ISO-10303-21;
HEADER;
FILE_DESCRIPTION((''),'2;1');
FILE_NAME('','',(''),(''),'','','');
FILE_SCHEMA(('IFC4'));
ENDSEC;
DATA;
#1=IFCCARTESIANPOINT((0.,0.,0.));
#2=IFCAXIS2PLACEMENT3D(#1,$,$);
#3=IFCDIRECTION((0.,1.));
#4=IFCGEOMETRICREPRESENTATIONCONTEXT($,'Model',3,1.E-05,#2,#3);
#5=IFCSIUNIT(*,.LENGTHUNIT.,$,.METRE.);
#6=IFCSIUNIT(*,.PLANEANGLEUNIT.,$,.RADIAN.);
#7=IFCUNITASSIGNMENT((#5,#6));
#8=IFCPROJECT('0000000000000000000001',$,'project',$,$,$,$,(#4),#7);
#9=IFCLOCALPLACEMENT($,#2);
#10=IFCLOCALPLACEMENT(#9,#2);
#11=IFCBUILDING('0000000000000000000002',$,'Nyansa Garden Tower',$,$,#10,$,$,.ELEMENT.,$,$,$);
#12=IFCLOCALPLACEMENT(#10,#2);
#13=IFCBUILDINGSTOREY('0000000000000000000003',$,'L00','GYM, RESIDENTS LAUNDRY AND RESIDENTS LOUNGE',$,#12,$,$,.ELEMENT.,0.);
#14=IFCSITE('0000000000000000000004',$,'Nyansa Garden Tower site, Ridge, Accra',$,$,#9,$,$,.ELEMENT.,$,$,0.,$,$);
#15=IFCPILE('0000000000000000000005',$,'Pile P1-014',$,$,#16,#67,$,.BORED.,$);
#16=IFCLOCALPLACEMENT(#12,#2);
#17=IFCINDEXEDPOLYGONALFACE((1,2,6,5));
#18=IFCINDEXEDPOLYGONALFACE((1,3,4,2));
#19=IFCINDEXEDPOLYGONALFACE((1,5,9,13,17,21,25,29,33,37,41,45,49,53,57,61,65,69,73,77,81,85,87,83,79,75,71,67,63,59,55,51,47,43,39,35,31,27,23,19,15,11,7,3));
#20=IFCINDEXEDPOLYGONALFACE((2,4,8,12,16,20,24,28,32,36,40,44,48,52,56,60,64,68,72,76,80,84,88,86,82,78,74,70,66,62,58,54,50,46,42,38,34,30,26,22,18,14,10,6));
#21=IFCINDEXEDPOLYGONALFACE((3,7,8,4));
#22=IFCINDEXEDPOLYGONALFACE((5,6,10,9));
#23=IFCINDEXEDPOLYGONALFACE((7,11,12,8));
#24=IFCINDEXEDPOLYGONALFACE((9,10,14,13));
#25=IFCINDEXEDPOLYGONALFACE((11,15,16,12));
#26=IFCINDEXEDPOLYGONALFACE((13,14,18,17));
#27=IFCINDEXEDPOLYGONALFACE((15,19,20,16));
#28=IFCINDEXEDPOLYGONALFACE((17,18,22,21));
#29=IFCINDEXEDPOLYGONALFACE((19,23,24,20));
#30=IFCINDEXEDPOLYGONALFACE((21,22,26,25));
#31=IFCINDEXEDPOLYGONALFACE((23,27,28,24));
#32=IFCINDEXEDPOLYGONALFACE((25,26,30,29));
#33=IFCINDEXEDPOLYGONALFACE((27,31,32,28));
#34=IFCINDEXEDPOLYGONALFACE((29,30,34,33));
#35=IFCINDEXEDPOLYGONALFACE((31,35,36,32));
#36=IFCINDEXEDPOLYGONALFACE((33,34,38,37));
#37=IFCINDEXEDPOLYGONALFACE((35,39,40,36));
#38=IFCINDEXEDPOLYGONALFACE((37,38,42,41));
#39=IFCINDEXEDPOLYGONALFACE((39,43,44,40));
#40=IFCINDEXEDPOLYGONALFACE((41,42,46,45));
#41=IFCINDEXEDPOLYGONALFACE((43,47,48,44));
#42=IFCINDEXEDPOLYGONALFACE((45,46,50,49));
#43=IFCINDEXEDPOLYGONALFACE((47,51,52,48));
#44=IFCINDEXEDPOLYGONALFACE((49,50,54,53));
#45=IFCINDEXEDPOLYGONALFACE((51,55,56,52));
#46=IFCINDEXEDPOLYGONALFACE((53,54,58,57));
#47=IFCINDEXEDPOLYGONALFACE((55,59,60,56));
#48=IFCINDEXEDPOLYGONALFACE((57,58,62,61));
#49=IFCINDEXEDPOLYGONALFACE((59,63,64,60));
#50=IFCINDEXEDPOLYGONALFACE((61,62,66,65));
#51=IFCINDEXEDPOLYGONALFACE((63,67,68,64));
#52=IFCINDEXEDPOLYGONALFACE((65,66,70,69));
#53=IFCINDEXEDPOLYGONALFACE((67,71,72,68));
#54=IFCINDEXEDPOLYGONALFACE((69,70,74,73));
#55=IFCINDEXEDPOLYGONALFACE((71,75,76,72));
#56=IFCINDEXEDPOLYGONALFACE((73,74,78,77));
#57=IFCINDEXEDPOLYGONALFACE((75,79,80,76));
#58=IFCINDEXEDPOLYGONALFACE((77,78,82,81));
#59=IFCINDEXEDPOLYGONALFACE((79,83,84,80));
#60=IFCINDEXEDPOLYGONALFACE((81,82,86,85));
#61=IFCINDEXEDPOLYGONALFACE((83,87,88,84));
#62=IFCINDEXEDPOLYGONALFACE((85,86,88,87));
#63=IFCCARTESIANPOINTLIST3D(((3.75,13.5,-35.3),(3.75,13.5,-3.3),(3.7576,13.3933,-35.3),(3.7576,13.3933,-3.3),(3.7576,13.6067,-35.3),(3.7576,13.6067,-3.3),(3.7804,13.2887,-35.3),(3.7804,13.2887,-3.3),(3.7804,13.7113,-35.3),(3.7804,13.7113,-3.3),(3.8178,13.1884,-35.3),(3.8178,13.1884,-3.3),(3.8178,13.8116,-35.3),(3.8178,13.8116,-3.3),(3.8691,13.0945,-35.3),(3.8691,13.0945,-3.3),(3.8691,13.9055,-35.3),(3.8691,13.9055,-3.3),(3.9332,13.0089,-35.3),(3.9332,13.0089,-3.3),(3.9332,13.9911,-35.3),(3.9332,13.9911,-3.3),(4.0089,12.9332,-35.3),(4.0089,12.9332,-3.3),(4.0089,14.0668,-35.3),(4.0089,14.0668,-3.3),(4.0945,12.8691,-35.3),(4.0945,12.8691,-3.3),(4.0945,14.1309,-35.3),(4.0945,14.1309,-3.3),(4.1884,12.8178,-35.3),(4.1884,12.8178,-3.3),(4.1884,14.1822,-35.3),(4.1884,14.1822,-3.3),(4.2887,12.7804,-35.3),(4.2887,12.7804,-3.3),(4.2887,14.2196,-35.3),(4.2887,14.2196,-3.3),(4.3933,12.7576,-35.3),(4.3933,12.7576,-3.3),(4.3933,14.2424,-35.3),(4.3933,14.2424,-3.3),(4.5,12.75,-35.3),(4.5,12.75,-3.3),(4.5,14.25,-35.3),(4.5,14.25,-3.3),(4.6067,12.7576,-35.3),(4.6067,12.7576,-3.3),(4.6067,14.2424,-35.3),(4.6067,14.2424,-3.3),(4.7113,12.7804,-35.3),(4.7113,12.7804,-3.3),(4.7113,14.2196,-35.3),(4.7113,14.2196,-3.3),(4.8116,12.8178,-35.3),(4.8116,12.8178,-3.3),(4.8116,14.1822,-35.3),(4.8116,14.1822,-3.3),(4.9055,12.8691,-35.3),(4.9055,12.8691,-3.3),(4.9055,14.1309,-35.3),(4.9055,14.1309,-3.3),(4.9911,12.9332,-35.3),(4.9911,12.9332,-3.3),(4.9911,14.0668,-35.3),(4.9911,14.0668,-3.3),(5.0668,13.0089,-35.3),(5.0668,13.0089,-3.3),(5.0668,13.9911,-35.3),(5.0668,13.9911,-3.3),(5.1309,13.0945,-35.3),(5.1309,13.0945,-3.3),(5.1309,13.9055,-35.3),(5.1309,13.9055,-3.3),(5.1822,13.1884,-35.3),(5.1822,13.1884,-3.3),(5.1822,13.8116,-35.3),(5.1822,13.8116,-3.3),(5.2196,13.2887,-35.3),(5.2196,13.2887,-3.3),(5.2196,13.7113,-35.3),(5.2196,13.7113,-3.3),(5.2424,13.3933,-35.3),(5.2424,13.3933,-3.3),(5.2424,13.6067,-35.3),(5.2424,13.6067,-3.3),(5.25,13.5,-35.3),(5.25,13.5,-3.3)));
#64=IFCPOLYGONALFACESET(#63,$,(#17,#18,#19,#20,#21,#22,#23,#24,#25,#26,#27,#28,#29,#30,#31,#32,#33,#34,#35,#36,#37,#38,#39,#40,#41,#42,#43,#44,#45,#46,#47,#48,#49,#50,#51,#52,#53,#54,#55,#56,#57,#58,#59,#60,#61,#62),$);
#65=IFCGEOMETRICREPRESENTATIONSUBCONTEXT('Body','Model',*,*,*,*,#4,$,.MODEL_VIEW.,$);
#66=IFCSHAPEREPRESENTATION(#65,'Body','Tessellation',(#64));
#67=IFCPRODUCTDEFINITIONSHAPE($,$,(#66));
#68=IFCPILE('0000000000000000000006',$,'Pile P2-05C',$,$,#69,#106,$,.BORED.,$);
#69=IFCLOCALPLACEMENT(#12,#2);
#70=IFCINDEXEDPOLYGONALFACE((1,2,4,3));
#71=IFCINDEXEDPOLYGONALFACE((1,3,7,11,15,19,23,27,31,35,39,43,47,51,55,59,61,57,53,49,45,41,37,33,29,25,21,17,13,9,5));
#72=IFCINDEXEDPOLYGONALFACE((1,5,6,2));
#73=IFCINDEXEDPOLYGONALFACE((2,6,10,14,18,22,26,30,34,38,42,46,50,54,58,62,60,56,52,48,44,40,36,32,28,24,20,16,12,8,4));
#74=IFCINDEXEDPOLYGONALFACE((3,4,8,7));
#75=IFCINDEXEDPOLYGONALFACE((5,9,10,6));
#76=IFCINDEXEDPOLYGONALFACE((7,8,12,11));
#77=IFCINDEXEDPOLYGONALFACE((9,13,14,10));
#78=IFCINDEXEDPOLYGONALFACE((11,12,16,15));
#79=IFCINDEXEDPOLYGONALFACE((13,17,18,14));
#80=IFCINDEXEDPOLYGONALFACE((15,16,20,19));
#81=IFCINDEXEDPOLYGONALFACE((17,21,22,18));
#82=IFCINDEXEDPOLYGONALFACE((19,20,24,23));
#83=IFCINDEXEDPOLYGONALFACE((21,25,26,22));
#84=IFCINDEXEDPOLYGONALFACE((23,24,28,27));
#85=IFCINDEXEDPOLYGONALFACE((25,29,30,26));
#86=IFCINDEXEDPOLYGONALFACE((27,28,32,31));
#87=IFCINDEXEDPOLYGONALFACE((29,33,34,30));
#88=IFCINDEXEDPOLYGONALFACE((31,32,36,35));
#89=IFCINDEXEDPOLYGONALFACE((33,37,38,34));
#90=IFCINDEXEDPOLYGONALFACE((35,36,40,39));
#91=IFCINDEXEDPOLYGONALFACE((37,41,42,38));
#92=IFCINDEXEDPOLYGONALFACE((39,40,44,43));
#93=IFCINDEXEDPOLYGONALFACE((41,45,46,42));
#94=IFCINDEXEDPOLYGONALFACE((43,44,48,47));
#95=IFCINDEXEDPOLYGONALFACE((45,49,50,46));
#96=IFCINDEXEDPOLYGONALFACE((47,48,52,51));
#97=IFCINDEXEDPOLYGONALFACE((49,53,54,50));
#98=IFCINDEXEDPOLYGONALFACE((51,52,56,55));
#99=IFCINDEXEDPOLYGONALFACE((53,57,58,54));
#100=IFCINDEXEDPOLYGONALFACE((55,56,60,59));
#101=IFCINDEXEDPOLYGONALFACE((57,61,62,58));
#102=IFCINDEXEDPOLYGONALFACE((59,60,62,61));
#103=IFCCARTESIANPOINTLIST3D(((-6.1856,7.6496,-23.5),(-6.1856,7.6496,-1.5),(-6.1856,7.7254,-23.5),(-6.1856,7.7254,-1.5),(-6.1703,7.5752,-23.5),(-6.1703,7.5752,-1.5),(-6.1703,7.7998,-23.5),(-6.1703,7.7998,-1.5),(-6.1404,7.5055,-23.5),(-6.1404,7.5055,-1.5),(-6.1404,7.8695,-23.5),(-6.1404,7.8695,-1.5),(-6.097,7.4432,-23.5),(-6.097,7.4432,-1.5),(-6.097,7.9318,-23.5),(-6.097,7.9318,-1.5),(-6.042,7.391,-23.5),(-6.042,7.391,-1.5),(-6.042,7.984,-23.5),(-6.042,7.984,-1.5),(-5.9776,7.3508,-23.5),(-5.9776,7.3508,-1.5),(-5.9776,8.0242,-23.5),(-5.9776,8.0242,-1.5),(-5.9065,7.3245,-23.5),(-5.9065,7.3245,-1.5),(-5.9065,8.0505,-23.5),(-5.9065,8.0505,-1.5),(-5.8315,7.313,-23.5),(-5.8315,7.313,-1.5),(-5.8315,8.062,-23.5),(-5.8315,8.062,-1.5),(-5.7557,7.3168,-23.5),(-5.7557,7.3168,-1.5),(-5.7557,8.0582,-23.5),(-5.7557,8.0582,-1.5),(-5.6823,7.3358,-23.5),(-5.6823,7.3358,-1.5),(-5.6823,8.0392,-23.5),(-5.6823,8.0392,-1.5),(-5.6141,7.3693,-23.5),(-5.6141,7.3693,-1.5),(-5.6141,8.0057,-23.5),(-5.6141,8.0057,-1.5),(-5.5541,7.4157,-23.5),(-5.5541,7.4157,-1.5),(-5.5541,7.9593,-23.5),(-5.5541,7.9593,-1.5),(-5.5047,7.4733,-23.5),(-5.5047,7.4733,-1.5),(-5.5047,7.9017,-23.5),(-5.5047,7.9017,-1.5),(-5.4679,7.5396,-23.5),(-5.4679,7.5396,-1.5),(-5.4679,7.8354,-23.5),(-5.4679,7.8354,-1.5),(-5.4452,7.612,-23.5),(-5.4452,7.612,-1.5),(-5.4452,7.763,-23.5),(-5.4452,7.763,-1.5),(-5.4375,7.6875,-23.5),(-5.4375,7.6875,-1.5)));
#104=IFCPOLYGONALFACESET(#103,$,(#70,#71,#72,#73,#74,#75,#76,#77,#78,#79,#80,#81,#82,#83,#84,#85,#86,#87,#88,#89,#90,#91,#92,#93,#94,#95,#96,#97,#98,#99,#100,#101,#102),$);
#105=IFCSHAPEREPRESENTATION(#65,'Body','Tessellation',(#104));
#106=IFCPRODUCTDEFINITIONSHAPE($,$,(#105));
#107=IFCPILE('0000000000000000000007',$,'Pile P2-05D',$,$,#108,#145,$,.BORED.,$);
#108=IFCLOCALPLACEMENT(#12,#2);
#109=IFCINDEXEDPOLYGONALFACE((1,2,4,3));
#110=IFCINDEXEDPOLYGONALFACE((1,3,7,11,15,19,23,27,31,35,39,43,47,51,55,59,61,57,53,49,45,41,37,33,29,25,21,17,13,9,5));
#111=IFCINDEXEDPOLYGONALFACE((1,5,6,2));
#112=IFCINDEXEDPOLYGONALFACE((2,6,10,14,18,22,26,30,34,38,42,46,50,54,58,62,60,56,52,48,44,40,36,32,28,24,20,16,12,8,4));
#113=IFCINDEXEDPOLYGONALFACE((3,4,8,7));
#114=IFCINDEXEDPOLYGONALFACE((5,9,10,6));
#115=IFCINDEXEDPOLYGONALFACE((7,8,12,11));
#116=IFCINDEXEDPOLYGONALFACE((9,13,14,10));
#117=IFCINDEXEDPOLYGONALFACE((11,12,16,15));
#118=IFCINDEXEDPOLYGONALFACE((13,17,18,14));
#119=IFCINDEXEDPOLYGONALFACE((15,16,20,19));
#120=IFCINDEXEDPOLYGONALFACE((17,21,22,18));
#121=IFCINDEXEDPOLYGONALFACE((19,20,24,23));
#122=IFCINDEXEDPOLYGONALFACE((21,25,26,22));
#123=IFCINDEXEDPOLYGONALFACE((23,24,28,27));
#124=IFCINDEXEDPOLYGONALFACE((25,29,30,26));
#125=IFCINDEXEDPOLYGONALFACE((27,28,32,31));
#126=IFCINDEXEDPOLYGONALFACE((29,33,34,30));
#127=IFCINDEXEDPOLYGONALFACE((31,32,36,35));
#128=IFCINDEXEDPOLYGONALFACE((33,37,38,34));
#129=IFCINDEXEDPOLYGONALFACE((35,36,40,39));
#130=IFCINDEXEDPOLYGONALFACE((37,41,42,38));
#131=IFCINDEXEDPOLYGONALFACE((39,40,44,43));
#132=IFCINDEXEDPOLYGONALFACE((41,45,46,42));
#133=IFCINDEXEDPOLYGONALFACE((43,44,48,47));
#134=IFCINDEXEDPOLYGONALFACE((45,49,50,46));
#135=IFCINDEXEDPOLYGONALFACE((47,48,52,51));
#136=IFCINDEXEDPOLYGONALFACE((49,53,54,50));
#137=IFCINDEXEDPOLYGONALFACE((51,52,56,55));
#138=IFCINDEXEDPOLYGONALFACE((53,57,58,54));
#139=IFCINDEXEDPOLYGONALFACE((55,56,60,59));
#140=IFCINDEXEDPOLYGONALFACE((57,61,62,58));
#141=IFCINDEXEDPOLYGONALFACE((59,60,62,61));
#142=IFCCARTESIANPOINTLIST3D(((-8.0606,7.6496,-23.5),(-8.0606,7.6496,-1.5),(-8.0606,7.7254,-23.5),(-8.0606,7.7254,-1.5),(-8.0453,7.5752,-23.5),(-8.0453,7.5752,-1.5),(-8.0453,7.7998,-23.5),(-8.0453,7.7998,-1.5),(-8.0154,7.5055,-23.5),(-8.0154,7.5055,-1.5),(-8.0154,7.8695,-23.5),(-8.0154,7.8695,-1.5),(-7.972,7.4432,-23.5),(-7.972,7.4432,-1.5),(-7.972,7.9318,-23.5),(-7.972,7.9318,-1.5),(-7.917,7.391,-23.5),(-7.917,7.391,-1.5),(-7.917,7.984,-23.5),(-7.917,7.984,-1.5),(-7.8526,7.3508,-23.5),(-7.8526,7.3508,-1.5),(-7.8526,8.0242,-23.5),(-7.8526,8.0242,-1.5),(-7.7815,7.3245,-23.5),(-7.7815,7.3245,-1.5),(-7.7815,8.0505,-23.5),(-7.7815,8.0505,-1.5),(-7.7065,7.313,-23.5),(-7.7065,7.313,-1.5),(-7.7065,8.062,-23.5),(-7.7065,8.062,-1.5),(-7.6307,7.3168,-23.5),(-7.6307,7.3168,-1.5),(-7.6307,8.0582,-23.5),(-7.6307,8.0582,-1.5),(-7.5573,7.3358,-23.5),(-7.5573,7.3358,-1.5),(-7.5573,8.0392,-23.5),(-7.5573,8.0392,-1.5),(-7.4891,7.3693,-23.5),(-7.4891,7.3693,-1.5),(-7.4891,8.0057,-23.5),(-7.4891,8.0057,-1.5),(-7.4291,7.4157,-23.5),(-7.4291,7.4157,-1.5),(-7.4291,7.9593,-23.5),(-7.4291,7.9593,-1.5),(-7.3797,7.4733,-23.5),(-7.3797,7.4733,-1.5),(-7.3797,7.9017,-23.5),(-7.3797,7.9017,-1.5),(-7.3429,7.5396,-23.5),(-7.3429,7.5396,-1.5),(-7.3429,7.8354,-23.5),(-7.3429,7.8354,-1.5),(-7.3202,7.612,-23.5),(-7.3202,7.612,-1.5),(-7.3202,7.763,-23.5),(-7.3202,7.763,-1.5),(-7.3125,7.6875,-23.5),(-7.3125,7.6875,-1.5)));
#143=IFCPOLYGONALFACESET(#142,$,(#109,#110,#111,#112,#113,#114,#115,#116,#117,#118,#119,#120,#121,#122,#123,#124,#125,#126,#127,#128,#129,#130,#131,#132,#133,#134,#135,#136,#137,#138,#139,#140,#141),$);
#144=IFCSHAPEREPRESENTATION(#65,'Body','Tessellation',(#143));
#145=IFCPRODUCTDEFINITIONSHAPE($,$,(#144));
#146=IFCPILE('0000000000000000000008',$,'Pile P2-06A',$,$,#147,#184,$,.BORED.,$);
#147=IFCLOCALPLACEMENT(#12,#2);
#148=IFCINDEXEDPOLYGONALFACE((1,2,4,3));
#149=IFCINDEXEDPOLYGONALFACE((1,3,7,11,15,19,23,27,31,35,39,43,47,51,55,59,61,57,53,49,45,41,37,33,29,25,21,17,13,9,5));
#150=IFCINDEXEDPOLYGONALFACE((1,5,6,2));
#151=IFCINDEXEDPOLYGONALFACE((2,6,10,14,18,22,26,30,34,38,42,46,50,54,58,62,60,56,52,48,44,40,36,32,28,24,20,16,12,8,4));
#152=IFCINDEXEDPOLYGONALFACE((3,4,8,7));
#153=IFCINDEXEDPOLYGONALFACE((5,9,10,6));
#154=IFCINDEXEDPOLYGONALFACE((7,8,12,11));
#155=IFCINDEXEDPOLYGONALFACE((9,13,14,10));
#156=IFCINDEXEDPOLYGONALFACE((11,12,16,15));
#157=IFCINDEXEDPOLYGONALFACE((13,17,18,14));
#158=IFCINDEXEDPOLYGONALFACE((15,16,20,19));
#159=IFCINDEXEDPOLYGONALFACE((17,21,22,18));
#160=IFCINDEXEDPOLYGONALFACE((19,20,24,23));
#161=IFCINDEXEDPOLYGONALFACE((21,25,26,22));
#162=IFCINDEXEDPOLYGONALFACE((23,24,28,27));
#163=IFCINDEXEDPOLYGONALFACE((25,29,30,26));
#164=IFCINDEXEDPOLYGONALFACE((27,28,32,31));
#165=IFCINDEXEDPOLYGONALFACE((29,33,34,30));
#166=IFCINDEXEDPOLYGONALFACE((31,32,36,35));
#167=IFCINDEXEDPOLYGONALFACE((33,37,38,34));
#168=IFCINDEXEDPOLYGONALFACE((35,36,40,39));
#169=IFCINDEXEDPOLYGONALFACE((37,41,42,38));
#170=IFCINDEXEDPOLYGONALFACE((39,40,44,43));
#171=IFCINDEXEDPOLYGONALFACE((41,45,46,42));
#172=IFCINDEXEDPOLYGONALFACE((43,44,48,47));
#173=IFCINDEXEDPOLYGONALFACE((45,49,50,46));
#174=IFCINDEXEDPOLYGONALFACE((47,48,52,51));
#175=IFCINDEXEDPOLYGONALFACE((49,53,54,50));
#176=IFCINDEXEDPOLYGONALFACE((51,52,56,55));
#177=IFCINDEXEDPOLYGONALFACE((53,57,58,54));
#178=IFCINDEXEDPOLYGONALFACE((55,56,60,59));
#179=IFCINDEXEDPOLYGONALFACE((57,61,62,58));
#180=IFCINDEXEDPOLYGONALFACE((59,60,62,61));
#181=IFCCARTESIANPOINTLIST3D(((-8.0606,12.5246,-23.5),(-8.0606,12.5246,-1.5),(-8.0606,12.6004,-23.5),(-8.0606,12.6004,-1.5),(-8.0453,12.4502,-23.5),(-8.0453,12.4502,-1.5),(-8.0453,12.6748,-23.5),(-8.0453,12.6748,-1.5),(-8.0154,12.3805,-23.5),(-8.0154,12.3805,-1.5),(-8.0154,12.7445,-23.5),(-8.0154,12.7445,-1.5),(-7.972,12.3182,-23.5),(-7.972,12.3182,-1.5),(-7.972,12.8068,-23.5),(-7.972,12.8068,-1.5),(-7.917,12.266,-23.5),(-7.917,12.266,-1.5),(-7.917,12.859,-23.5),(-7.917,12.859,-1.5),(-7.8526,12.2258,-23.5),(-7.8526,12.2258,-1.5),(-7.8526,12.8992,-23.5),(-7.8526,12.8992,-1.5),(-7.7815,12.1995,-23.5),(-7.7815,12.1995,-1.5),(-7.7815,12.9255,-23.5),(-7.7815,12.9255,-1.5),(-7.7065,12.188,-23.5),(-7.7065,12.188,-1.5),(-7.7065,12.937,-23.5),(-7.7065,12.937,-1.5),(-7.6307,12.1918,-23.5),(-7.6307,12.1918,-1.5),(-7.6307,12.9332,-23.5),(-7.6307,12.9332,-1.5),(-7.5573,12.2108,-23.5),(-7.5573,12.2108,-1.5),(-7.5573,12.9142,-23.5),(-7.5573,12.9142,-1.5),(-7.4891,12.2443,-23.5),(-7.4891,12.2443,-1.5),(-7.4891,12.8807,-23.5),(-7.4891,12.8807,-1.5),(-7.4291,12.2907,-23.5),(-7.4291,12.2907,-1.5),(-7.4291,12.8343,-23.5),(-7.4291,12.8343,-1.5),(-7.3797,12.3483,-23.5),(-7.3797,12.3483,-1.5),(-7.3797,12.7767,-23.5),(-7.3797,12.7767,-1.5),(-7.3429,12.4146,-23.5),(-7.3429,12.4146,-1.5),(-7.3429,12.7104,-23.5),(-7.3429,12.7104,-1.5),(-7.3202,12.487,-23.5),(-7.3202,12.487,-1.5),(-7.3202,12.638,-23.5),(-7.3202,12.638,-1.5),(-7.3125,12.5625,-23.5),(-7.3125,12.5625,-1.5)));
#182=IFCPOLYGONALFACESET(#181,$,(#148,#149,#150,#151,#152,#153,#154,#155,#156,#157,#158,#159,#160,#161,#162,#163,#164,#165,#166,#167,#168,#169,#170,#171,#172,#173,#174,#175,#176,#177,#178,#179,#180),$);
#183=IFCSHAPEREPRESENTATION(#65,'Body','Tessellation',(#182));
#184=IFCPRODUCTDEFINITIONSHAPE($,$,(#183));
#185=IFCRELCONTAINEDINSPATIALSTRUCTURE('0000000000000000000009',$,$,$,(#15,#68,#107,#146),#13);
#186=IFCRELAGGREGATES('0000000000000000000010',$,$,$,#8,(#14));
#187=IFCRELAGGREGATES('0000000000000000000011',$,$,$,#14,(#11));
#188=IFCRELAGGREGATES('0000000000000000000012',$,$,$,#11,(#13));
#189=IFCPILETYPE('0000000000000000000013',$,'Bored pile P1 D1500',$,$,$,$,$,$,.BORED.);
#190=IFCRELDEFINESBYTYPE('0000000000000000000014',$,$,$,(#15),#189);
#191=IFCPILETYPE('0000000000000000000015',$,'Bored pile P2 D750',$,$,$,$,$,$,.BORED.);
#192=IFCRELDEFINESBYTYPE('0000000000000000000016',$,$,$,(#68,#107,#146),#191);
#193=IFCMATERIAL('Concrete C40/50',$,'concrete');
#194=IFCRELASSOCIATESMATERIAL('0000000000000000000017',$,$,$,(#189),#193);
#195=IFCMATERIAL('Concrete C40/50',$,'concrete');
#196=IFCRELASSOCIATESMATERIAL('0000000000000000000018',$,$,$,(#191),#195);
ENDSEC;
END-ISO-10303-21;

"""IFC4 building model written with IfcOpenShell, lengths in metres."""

from ifc_helpers import new_model, si_unit, direction, frame, origin, origin_2d, place, context, subcontext, project, spatial, circle, extrude, material, type_object, element, save


model = new_model("IFC4")

# Units and contexts
model_context = context("Model", 3, precision=1e-05, world=origin(), true_north=direction((0.0, 1.0)))
body_context = subcontext(model_context, "Body", "Model", "MODEL_VIEW")
ifc_project = project(units=[si_unit("LENGTHUNIT", "METRE"), si_unit("PLANEANGLEUNIT", "RADIAN")], contexts=[model_context])

# Site, building, storey
site_placement = place(None, origin())
site = spatial("IfcSite", under=ifc_project, at=site_placement, Name="Nyansa Garden Tower site, Ridge, Accra", CompositionType="ELEMENT", RefElevation=0.0)
building_placement = place(site_placement, origin())
building = spatial("IfcBuilding", under=site, at=building_placement, Name="Nyansa Garden Tower", CompositionType="ELEMENT")
storey_placement = place(building_placement, origin())
storey = spatial("IfcBuildingStorey", under=building, at=storey_placement, Name="L00", Description="GYM, RESIDENTS LAUNDRY AND RESIDENTS LOUNGE", CompositionType="ELEMENT", Elevation=0.0)

# Piles
ifc_material_1 = material(Name="Concrete C40/50", Category="concrete")
pile_type_1 = type_object("IfcPileType", Name="Bored pile P1 D1500", PredefinedType="BORED", material=ifc_material_1)
for number, where, z_axis, x_axis, name in (
    (1, (4.5, 13.5, -3.3), (0.0, 0.0, -1.0), (1.0, 0.0, 0.0), "Pile P1-014"),
):
    element("IfcPile", number, at=place(storey_placement, frame(where, z_axis=z_axis, x_axis=x_axis)), inside=storey, type_object=pile_type_1, Name=name, PredefinedType="BORED", context=body_context, shape_type="SweptSolid", body=[
        extrude(circle(Radius=0.75, at=origin_2d()), origin(), (0.0, 0.0, 1.0), 32.0),
    ])
ifc_material_2 = material(Name="Concrete C40/50", Category="concrete")
pile_type_2 = type_object("IfcPileType", Name="Bored pile P2 D750", PredefinedType="BORED", material=ifc_material_2)
for number, where, z_axis, x_axis, name in (
    (2, (-5.8125, 7.6875, -1.5), (0.0, 0.0, -1.0), (1.0, 0.0, 0.0), "Pile P2-05C"),
    (3, (-7.6875, 7.6875, -1.5), (0.0, 0.0, -1.0), (1.0, 0.0, 0.0), "Pile P2-05D"),
    (4, (-7.6875, 12.5625, -1.5), (0.0, 0.0, -1.0), (1.0, 0.0, 0.0), "Pile P2-06A"),
):
    element("IfcPile", number, at=place(storey_placement, frame(where, z_axis=z_axis, x_axis=x_axis)), inside=storey, type_object=pile_type_2, Name=name, PredefinedType="BORED", context=body_context, shape_type="SweptSolid", body=[
        extrude(circle(Radius=0.375, at=origin_2d()), origin(), (0.0, 0.0, 1.0), 22.0),
    ])

save(model, "model.ifc")
